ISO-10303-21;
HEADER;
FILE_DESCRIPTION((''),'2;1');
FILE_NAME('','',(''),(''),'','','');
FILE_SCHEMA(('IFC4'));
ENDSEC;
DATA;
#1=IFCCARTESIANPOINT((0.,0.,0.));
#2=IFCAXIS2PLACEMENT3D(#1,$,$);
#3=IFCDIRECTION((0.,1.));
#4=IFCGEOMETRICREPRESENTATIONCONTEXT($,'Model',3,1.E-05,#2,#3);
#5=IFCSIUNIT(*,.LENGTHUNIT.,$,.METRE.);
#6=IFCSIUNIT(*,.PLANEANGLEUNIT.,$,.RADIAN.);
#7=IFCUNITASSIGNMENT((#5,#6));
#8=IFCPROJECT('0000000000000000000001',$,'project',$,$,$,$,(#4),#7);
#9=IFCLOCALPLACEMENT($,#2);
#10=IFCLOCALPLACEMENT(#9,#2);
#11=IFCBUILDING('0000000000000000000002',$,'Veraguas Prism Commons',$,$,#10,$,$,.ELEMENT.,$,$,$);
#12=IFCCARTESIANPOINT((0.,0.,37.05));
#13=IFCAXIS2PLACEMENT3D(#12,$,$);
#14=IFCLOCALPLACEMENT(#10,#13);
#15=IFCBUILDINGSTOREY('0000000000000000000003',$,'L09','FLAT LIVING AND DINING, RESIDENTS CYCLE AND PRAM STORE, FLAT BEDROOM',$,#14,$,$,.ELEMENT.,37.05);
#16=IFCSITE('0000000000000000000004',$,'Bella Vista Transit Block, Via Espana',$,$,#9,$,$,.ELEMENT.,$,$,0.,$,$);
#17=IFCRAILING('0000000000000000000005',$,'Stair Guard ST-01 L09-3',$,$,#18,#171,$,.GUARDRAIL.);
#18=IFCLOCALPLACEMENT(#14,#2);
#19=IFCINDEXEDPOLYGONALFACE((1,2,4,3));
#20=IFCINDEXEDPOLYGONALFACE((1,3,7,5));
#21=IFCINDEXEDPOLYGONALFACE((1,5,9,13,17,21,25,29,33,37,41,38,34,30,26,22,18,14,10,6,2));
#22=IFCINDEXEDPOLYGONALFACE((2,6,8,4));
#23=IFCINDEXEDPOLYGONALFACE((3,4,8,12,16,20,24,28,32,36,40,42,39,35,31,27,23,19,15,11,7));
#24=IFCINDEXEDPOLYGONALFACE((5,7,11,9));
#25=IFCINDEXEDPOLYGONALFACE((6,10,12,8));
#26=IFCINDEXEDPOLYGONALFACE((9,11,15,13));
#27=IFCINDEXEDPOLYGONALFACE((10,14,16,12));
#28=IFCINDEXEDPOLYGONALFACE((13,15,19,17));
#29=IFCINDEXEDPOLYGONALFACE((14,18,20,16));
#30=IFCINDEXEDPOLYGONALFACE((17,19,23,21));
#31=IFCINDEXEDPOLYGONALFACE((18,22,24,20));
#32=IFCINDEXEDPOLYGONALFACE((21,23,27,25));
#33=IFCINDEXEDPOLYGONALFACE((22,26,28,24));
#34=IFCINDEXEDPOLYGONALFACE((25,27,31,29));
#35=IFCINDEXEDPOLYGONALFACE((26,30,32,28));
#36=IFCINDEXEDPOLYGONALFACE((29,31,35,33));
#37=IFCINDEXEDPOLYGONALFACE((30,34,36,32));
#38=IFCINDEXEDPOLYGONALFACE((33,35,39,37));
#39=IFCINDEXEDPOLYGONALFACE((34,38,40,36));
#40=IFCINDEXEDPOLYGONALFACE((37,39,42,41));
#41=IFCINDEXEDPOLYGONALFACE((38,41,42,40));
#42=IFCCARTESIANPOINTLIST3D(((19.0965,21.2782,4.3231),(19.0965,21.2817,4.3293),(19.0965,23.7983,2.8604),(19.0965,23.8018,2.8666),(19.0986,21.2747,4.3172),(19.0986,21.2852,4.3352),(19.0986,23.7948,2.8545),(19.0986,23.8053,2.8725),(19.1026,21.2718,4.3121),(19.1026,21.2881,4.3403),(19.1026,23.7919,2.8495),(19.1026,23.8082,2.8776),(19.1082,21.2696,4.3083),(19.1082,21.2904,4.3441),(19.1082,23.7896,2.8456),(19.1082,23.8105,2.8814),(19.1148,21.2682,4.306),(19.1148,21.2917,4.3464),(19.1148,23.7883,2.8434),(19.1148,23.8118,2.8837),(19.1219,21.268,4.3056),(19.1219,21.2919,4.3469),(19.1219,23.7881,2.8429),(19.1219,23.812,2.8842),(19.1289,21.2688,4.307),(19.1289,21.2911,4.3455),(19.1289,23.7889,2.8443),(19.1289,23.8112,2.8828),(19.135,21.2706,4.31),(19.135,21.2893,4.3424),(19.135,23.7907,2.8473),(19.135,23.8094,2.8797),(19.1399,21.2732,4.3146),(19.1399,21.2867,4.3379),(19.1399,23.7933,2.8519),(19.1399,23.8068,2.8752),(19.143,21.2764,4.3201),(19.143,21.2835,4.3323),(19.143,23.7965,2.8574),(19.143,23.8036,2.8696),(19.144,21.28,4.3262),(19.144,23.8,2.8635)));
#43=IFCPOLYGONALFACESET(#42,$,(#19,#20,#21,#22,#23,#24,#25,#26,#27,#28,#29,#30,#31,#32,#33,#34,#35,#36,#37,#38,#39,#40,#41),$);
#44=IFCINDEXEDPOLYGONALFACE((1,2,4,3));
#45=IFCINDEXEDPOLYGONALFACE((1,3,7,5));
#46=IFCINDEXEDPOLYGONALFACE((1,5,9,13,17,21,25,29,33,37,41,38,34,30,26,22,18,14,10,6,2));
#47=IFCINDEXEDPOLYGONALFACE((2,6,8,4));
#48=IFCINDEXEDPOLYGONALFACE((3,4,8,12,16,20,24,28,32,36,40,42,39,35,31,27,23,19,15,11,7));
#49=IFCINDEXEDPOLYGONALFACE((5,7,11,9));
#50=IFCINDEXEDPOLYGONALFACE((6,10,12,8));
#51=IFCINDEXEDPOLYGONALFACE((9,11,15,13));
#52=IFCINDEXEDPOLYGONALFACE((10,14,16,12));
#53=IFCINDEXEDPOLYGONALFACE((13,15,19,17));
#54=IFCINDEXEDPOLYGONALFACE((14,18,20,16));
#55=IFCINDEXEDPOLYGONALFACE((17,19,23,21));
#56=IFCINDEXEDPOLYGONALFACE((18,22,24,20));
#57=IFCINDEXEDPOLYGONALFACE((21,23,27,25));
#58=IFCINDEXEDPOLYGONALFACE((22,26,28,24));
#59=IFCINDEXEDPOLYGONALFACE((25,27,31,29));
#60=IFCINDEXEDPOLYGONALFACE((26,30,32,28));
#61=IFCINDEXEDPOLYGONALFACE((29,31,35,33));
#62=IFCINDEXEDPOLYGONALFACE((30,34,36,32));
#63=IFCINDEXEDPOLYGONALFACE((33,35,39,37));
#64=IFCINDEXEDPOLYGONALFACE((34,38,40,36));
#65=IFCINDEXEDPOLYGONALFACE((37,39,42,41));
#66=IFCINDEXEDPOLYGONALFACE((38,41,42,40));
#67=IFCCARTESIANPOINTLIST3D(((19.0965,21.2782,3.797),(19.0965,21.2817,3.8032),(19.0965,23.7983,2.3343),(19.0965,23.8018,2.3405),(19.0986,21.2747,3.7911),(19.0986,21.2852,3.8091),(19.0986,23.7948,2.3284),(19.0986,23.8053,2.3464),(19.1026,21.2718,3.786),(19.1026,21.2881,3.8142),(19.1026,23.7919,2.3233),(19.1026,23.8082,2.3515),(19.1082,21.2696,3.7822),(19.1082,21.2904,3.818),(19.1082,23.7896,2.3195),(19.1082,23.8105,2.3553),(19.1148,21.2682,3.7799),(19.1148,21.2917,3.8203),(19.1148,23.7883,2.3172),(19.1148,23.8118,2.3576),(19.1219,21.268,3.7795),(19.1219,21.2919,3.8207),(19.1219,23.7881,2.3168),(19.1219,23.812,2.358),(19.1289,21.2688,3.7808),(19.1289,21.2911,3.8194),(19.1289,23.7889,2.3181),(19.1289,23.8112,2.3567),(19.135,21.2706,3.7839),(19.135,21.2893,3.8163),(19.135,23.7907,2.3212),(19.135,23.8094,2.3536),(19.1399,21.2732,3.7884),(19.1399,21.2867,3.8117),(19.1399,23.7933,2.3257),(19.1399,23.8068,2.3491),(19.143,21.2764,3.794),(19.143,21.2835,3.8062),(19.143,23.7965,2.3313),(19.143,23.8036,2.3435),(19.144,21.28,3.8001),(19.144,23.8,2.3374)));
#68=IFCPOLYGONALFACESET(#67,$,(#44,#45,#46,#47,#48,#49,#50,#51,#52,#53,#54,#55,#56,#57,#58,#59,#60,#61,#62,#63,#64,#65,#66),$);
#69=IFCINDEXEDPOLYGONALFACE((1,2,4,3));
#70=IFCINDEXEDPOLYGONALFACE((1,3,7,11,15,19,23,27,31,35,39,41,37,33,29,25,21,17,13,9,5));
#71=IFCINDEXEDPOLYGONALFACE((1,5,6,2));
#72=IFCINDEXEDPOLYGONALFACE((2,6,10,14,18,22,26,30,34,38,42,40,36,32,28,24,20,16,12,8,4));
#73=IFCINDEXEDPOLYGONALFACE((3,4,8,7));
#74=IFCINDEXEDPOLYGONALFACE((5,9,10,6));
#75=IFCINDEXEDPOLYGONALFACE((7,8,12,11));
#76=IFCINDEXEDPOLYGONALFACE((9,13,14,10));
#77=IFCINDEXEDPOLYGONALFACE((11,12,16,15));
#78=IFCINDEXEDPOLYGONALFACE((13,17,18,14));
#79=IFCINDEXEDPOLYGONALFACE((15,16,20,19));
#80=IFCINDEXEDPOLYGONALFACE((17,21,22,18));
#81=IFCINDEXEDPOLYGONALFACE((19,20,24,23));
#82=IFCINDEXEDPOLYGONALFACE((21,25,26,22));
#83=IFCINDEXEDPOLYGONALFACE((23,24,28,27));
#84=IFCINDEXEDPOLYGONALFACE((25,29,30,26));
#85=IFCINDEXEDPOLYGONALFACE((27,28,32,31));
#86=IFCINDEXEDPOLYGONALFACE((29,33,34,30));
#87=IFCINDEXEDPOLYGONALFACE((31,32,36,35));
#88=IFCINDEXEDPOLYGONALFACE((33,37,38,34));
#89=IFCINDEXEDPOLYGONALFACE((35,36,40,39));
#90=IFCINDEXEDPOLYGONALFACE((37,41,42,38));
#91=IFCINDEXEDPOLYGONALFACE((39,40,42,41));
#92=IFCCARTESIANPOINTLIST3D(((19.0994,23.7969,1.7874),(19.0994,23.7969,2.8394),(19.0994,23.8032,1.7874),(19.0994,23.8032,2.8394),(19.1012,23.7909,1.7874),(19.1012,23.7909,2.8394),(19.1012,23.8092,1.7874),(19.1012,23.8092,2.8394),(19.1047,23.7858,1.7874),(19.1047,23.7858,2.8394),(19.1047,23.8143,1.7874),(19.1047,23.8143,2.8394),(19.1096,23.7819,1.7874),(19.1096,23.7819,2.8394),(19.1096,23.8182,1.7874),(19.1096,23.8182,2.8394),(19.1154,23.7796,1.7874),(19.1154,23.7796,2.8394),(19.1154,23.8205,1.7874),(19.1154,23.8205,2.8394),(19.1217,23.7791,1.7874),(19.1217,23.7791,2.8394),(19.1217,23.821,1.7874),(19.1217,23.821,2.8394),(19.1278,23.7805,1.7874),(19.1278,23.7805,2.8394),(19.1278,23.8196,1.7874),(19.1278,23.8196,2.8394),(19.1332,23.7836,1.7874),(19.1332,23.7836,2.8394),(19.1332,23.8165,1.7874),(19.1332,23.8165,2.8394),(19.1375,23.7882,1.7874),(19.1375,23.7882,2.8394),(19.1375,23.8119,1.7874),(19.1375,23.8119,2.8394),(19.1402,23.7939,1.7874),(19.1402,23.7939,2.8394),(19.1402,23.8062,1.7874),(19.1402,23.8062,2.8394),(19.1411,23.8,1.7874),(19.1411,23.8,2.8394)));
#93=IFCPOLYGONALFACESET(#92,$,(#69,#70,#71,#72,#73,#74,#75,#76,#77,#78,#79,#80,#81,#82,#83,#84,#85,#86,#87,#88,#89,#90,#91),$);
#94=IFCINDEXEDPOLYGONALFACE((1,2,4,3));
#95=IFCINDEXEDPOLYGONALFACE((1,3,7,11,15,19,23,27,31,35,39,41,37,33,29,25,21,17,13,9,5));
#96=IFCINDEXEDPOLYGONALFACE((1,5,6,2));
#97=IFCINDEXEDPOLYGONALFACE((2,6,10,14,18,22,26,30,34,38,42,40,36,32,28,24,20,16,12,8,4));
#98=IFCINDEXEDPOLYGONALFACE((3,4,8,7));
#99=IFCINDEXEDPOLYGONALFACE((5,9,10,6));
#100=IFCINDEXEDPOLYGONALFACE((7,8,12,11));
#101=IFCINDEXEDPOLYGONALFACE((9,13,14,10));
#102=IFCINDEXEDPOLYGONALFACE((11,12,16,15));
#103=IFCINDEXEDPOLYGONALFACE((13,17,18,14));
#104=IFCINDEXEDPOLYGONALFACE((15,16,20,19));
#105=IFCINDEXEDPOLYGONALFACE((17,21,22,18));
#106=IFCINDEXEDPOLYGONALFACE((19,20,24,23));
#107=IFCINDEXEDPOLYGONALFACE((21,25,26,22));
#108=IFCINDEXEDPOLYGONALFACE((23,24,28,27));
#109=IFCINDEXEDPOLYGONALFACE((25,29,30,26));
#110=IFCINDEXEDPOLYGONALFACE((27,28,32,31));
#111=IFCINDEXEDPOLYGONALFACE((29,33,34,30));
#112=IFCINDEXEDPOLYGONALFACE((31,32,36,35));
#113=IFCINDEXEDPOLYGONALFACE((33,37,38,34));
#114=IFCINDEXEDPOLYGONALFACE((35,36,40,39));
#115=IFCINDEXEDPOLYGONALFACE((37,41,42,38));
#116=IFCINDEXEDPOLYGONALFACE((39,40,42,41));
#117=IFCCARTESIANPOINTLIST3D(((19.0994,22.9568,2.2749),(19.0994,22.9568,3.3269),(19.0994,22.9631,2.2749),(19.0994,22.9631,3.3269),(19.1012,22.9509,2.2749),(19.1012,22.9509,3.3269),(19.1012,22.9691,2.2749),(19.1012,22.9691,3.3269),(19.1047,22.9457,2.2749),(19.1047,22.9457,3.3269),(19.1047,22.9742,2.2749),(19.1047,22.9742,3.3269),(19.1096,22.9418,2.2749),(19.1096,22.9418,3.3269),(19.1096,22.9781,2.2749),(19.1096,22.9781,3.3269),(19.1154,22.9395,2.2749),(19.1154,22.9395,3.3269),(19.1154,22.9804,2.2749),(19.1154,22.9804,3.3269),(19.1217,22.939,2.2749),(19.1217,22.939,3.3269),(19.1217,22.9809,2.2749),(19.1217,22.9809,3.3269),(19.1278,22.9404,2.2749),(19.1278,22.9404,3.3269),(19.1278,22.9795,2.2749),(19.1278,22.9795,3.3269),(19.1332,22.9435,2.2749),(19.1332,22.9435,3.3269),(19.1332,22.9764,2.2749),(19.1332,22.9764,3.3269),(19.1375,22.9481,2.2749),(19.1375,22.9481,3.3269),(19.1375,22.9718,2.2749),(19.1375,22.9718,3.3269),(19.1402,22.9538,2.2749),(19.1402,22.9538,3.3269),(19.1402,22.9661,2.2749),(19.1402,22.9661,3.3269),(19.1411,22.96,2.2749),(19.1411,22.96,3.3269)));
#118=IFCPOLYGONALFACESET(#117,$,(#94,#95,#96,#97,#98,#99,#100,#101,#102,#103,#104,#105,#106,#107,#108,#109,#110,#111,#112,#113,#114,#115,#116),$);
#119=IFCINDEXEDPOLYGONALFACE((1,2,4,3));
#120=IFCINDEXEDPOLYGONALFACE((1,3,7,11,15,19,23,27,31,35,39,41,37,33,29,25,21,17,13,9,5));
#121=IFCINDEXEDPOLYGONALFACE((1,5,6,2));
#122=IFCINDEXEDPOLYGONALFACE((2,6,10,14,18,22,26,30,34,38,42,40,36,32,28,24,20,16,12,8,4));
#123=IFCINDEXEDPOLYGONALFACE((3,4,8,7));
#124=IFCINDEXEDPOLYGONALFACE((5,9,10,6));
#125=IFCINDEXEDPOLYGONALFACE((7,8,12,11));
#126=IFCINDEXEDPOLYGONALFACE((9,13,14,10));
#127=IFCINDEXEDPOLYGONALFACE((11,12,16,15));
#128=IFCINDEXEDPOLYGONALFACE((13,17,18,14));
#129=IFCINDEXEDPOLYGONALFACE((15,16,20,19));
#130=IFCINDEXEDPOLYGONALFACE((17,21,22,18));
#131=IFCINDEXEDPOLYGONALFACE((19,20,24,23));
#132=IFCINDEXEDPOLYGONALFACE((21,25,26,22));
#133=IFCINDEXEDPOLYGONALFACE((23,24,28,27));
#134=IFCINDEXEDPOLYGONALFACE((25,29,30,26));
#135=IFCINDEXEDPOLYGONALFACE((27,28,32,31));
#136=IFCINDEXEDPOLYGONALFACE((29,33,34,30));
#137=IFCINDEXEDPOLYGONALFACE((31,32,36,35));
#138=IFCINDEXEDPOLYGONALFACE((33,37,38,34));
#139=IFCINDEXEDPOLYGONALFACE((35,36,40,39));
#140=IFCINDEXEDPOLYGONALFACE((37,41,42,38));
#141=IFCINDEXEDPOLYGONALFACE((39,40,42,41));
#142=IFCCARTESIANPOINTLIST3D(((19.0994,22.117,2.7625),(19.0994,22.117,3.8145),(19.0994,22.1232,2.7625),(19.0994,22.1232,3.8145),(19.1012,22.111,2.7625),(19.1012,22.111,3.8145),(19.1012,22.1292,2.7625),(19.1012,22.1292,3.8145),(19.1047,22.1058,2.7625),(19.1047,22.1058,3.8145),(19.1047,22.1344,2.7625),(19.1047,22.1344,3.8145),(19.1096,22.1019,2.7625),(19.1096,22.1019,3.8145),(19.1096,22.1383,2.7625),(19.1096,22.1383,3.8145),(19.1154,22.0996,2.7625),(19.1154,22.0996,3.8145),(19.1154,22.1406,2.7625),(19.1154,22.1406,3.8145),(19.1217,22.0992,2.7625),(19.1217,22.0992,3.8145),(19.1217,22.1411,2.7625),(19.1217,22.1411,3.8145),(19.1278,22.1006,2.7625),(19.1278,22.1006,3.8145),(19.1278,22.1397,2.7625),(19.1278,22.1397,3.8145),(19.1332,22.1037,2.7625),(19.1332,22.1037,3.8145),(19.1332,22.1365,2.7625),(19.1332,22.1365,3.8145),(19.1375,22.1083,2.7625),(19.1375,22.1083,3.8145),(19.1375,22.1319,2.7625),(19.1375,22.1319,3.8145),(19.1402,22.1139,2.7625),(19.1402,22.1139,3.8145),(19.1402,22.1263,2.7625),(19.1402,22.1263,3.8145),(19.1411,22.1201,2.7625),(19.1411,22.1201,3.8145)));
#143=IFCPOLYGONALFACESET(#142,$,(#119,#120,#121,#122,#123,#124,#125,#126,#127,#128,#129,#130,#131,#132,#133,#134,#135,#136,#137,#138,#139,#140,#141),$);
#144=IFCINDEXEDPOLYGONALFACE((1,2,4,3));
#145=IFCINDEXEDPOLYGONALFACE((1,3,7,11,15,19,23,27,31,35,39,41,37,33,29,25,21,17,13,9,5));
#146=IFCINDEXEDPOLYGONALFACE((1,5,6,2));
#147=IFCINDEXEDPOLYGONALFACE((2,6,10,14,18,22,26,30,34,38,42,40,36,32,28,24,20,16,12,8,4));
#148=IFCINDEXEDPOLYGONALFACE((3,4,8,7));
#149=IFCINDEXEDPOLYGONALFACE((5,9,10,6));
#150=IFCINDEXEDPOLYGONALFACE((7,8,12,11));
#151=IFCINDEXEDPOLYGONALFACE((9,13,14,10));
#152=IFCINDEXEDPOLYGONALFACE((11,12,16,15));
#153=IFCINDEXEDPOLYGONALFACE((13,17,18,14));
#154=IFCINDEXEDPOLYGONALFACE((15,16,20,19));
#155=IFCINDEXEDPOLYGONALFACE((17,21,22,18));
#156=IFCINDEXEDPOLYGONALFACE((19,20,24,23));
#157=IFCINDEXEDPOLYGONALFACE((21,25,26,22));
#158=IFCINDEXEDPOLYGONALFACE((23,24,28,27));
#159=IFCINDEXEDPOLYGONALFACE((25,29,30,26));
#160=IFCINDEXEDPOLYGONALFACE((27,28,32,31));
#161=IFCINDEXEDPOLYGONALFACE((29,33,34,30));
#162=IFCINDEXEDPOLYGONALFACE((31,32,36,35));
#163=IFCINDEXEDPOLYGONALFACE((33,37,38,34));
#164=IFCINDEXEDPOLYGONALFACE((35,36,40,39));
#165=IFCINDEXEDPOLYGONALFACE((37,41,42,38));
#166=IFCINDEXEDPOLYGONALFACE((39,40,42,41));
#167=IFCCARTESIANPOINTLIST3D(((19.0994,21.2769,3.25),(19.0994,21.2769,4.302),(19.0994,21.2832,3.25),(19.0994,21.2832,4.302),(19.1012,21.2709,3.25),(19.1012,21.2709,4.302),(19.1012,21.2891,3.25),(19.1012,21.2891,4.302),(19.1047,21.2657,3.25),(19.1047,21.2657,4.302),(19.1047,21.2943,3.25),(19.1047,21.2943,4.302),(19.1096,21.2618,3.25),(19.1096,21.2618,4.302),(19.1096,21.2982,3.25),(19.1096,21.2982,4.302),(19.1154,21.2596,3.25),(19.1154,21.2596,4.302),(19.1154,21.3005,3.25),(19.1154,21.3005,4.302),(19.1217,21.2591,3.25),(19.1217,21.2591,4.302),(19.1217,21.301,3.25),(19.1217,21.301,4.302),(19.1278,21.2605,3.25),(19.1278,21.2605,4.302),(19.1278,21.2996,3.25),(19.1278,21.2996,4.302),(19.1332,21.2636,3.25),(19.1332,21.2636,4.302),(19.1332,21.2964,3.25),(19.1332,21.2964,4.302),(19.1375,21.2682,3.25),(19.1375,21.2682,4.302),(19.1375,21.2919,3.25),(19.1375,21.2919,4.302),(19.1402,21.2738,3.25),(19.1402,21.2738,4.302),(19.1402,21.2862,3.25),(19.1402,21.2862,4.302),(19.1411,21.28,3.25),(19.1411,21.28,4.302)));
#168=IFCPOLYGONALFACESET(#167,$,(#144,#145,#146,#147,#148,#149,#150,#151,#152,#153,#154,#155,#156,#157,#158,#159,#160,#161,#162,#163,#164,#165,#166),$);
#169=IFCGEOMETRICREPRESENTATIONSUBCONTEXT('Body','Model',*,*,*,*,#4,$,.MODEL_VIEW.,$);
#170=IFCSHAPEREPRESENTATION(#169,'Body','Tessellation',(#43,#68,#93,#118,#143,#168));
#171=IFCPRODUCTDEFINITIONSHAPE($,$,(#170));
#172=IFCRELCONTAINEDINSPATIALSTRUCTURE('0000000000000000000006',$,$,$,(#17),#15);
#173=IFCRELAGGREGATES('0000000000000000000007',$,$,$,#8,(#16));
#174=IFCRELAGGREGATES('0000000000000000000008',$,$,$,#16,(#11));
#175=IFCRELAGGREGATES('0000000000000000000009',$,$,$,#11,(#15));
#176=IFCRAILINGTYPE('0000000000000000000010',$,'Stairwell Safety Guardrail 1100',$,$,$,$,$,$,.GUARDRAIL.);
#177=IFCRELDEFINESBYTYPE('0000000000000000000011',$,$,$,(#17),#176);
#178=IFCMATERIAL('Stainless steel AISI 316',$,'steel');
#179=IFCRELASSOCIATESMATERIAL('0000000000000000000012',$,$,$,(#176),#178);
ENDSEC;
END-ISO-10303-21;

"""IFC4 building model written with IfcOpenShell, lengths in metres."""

from ifc_helpers import new_model, si_unit, direction, frame, origin, origin_2d, place, context, subcontext, project, spatial, circle, extrude, material, type_object, element, save


model = new_model("IFC4")

# Units and contexts
model_context = context("Model", 3, precision=1e-05, world=origin(), true_north=direction((0.0, 1.0)))
body_context = subcontext(model_context, "Body", "Model", "MODEL_VIEW")
ifc_project = project(units=[si_unit("LENGTHUNIT", "METRE"), si_unit("PLANEANGLEUNIT", "RADIAN")], contexts=[model_context])

# Site, building, storey
site_placement = place(None, origin())
site = spatial("IfcSite", under=ifc_project, at=site_placement, Name="Bella Vista Transit Block, Via Espana", CompositionType="ELEMENT", RefElevation=0.0)
building_placement = place(site_placement, origin())
building = spatial("IfcBuilding", under=site, at=building_placement, Name="Veraguas Prism Commons", CompositionType="ELEMENT")
storey_placement = place(building_placement, frame((0.0, 0.0, 37.05)))
storey = spatial("IfcBuildingStorey", under=building, at=storey_placement, Name="L09", Description="FLAT LIVING AND DINING, RESIDENTS CYCLE AND PRAM STORE, FLAT BEDROOM", CompositionType="ELEMENT", Elevation=37.05)

# Railing
ifc_material_1 = material(Name="Stainless steel AISI 316", Category="steel")
railing_type_1 = type_object("IfcRailingType", Name="Stairwell Safety Guardrail 1100", PredefinedType="GUARDRAIL", material=ifc_material_1)
railing_1_placement = place(storey_placement, frame((19.1201, 23.8, 1.7874)))
element("IfcRailing", 1, at=railing_1_placement, inside=storey, type_object=railing_type_1, Name="Stair Guard ST-01 L09-3", PredefinedType="GUARDRAIL", context=body_context, shape_type="SweptSolid", body=[
    extrude(circle(Radius=0.0239, at=origin_2d()), frame((0.0, 0.0, 1.0762), z_axis=(0.0, -0.864877, 0.501984), x_axis=(1.0, 0.0, 0.0)), (0.0, 0.0, 1.0), 2.9138),
    extrude(circle(Radius=0.0239, at=origin_2d()), frame((0.0, 0.0, 0.55), z_axis=(0.0, -0.864877, 0.501984), x_axis=(1.0, 0.0, 0.0)), (0.0, 0.0, 1.0), 2.9138),
    extrude(circle(Radius=0.021, at=origin_2d()), origin(), (0.0, 0.0, 1.0), 1.052),
    extrude(circle(Radius=0.021, at=origin_2d()), frame((0.0, -0.8401, 0.4875)), (0.0, 0.0, 1.0), 1.052),
    extrude(circle(Radius=0.021, at=origin_2d()), frame((0.0, -1.6799, 0.9751)), (0.0, 0.0, 1.0), 1.052),
    extrude(circle(Radius=0.021, at=origin_2d()), frame((0.0, -2.52, 1.4626)), (0.0, 0.0, 1.0), 1.052),
])

save(model, "model.ifc")
